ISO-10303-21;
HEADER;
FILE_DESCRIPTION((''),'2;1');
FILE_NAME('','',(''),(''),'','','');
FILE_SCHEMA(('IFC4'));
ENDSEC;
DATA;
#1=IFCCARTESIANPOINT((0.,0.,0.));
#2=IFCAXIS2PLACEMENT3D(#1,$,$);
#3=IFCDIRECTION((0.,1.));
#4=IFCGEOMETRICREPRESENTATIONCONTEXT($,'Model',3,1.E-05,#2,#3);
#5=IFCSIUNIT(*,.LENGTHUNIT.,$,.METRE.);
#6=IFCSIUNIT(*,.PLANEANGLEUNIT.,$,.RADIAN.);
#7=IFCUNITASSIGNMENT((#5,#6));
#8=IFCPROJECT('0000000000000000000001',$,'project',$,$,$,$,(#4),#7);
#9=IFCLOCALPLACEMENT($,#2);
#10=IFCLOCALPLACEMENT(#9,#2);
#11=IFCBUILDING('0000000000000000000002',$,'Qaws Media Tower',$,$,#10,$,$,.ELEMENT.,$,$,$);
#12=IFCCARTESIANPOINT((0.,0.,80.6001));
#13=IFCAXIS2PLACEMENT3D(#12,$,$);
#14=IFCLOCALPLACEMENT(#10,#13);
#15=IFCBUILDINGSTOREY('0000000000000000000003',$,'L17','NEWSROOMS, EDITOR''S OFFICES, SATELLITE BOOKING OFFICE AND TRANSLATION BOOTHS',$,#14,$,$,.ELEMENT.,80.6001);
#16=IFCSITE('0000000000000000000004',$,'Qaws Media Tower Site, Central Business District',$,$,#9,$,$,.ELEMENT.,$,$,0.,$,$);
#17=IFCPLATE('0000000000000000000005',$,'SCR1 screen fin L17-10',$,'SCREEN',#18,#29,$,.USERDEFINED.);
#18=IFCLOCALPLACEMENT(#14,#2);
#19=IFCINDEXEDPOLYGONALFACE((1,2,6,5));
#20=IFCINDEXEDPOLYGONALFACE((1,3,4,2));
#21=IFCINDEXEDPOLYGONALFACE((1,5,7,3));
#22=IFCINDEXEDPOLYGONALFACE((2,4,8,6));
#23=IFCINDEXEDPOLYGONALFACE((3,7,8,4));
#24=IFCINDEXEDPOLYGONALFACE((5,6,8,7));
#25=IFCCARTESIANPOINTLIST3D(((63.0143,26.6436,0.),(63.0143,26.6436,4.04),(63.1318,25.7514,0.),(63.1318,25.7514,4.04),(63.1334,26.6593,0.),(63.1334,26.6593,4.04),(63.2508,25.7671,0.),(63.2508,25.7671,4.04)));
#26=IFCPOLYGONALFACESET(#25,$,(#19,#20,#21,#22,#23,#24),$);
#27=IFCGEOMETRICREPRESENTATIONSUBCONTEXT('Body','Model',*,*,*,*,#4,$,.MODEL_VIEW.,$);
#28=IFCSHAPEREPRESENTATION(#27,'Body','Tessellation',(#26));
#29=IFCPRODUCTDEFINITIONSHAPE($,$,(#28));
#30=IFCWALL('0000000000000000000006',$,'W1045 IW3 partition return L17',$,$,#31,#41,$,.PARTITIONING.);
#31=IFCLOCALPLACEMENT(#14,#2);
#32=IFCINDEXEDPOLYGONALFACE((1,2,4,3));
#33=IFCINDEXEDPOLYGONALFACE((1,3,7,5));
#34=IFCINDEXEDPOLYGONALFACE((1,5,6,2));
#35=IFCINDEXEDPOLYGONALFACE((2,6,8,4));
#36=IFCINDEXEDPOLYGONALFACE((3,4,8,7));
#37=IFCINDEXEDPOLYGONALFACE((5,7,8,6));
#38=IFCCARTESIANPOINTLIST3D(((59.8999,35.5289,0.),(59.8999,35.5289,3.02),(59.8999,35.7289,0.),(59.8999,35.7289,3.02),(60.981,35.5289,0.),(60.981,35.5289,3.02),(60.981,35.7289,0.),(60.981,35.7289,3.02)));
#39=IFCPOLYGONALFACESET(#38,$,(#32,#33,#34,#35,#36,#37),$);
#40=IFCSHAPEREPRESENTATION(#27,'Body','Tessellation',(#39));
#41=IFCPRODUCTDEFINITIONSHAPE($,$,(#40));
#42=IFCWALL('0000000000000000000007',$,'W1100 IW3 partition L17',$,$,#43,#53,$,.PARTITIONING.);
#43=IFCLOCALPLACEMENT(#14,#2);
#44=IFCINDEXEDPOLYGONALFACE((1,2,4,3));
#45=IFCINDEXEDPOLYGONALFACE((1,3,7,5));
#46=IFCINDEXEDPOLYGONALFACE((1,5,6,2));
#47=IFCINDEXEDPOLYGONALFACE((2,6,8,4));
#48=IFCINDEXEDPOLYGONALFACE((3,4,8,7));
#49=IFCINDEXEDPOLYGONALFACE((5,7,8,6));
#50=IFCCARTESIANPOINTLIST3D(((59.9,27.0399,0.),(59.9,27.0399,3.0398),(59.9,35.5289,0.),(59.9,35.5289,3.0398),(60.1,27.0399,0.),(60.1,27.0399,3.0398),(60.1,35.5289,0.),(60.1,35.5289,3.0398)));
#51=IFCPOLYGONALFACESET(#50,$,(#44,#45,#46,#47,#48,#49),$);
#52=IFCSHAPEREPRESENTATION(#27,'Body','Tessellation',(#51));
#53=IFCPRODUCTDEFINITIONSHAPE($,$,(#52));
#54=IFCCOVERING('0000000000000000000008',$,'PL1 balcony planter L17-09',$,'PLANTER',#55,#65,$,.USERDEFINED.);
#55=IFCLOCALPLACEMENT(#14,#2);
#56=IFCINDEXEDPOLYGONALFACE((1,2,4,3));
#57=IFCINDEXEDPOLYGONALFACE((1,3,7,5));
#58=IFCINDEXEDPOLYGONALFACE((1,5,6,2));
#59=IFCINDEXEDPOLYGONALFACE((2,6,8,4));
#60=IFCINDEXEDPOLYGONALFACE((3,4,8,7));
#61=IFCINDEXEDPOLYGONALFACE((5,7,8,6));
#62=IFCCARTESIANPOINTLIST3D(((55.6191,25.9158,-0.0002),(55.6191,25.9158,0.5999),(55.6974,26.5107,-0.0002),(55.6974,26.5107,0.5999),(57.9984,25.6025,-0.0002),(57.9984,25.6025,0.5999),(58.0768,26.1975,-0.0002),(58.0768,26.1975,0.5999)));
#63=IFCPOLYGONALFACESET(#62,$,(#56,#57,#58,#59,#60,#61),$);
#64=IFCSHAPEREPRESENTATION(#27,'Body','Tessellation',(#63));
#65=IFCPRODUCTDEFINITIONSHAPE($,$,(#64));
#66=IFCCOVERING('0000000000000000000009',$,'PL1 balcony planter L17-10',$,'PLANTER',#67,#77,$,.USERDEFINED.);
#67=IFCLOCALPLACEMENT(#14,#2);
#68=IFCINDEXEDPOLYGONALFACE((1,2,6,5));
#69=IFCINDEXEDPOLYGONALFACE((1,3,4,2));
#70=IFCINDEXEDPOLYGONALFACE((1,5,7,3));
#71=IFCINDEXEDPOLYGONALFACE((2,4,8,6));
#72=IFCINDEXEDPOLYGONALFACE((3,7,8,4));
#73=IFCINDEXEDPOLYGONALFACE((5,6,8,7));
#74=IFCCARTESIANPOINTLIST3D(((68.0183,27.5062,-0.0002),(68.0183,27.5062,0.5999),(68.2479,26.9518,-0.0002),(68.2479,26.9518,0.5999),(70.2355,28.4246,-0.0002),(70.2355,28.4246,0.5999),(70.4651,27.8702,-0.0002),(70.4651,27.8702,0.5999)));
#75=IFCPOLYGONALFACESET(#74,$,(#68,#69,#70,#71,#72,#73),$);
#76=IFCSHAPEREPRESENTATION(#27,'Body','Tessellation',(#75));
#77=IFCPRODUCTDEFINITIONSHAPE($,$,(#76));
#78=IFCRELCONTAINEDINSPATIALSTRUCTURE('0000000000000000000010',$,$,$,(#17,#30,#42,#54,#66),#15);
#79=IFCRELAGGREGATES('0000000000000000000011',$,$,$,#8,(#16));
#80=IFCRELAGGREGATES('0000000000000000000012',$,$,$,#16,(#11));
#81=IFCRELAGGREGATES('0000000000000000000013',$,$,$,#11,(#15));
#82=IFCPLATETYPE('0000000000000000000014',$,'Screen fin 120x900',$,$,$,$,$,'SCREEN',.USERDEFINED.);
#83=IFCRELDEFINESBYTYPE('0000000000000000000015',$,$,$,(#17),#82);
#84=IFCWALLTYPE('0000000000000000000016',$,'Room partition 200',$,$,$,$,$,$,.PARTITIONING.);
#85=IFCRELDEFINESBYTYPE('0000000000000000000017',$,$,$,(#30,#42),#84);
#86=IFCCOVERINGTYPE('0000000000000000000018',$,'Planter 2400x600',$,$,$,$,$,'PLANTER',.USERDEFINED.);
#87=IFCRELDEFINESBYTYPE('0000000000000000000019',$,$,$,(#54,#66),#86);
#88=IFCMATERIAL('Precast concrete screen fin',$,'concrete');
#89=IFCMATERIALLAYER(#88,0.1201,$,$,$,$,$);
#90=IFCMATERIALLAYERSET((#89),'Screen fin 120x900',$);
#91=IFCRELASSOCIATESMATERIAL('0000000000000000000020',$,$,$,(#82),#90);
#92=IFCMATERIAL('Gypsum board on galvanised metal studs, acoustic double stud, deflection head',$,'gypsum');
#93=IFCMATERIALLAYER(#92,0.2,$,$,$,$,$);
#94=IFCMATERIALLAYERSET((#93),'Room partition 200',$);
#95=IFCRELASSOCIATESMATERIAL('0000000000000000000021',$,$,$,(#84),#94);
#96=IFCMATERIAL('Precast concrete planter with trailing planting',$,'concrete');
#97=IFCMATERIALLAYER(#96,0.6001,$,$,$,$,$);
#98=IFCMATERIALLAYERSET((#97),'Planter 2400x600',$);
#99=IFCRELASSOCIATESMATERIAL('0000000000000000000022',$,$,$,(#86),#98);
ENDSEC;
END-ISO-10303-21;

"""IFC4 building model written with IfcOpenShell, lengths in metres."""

from ifc_helpers import new_model, si_unit, direction, frame, frame_2d, origin, origin_2d, place, context, subcontext, project, spatial, rectangle, extrude, material, layer, layer_set, type_object, element, save


model = new_model("IFC4")

# Units and contexts
model_context = context("Model", 3, precision=1e-05, world=origin(), true_north=direction((0.0, 1.0)))
body_context = subcontext(model_context, "Body", "Model", "MODEL_VIEW")
ifc_project = project(units=[si_unit("LENGTHUNIT", "METRE"), si_unit("PLANEANGLEUNIT", "RADIAN")], contexts=[model_context])

# Site, building, storey
site_placement = place(None, origin())
site = spatial("IfcSite", under=ifc_project, at=site_placement, Name="Qaws Media Tower Site, Central Business District", CompositionType="ELEMENT", RefElevation=0.0)
building_placement = place(site_placement, origin())
building = spatial("IfcBuilding", under=site, at=building_placement, Name="Qaws Media Tower", CompositionType="ELEMENT")
storey_placement = place(building_placement, frame((0.0, 0.0, 80.6001)))
storey = spatial("IfcBuildingStorey", under=building, at=storey_placement, Name="L17", Description="NEWSROOMS, EDITOR'S OFFICES, SATELLITE BOOKING OFFICE AND TRANSLATION BOOTHS", CompositionType="ELEMENT", Elevation=80.6001)

# Plate
ifc_material_1 = material(Name="Precast concrete screen fin", Category="concrete")
ifc_layer_1 = layer(ifc_material_1, 0.1201)
ifc_layer_set_1 = layer_set([ifc_layer_1], Name="Screen fin 120x900")
plate_type_1 = type_object("IfcPlateType", Name="Screen fin 120x900", ElementType="SCREEN", PredefinedType="USERDEFINED", material=ifc_layer_set_1)
plate_1_placement = place(storey_placement, frame((63.1326, 26.2053, 0.0), z_axis=(0.0, 0.0, 1.0), x_axis=(0.130526, -0.991445, 0.0)))
element("IfcPlate", 1, at=plate_1_placement, inside=storey, type_object=plate_type_1, Name="SCR1 screen fin L17-10", ObjectType="SCREEN", PredefinedType="USERDEFINED", context=body_context, shape_type="SweptSolid", body=[
    extrude(rectangle(XDim=0.8999, YDim=0.1201, at=origin_2d()), origin(), (0.0, 0.0, 1.0), 4.04),
])

# Walls
ifc_material_2 = material(Name="Gypsum board on galvanised metal studs, acoustic double stud, deflection head", Category="gypsum")
ifc_layer_2 = layer(ifc_material_2, 0.2)
ifc_layer_set_2 = layer_set([ifc_layer_2], Name="Room partition 200")
wall_type_1 = type_object("IfcWallType", Name="Room partition 200", PredefinedType="PARTITIONING", material=ifc_layer_set_2)
wall_1_placement = place(storey_placement, frame((59.8999, 35.6289, 0.0), z_axis=(0.0, 0.0, 1.0), x_axis=(1.0, 0.0, 0.0)))
element("IfcWall", 2, at=wall_1_placement, inside=storey, type_object=wall_type_1, Name="W1045 IW3 partition return L17", PredefinedType="PARTITIONING", context=body_context, shape_type="SweptSolid", body=[
    extrude(rectangle(XDim=1.0811, YDim=0.2, at=frame_2d((0.5405, 0.0))), origin(), (0.0, 0.0, 1.0), 3.02),
])
wall_2_placement = place(storey_placement, frame((60.0, 35.5291, 0.0), z_axis=(0.0, 0.0, 1.0), x_axis=(0.0, -1.0, 0.0)))
element("IfcWall", 3, at=wall_2_placement, inside=storey, type_object=wall_type_1, Name="W1100 IW3 partition L17", PredefinedType="PARTITIONING", context=body_context, shape_type="SweptSolid", body=[
    extrude(rectangle(XDim=8.489, YDim=0.2, at=frame_2d((4.2446, 0.0))), origin(), (0.0, 0.0, 1.0), 3.0398),
])

# Coverings
ifc_material_3 = material(Name="Precast concrete planter with trailing planting", Category="concrete")
ifc_layer_3 = layer(ifc_material_3, 0.6001)
ifc_layer_set_3 = layer_set([ifc_layer_3], Name="Planter 2400x600")
covering_type = type_object("IfcCoveringType", Name="Planter 2400x600", ElementType="PLANTER", PredefinedType="USERDEFINED", material=ifc_layer_set_3)
for number, where, z_axis, x_axis, name in (
    (4, (56.8479, 26.0566, -0.0002), (0.0, 0.0, 1.0), (0.991445, -0.130526, 0.0), "PL1 balcony planter L17-09"),
    (5, (69.2417, 27.6882, -0.0002), (0.0, 0.0, 1.0), (0.92388, 0.382683, 0.0), "PL1 balcony planter L17-10"),
):
    element("IfcCovering", number, at=place(storey_placement, frame(where, z_axis=z_axis, x_axis=x_axis)), inside=storey, type_object=covering_type, Name=name, ObjectType="PLANTER", PredefinedType="USERDEFINED", context=body_context, shape_type="SweptSolid", body=[
        extrude(rectangle(XDim=2.3999, YDim=0.6001, at=origin_2d()), origin(), (0.0, 0.0, 1.0), 0.6001),
    ])

save(model, "model.ifc")
